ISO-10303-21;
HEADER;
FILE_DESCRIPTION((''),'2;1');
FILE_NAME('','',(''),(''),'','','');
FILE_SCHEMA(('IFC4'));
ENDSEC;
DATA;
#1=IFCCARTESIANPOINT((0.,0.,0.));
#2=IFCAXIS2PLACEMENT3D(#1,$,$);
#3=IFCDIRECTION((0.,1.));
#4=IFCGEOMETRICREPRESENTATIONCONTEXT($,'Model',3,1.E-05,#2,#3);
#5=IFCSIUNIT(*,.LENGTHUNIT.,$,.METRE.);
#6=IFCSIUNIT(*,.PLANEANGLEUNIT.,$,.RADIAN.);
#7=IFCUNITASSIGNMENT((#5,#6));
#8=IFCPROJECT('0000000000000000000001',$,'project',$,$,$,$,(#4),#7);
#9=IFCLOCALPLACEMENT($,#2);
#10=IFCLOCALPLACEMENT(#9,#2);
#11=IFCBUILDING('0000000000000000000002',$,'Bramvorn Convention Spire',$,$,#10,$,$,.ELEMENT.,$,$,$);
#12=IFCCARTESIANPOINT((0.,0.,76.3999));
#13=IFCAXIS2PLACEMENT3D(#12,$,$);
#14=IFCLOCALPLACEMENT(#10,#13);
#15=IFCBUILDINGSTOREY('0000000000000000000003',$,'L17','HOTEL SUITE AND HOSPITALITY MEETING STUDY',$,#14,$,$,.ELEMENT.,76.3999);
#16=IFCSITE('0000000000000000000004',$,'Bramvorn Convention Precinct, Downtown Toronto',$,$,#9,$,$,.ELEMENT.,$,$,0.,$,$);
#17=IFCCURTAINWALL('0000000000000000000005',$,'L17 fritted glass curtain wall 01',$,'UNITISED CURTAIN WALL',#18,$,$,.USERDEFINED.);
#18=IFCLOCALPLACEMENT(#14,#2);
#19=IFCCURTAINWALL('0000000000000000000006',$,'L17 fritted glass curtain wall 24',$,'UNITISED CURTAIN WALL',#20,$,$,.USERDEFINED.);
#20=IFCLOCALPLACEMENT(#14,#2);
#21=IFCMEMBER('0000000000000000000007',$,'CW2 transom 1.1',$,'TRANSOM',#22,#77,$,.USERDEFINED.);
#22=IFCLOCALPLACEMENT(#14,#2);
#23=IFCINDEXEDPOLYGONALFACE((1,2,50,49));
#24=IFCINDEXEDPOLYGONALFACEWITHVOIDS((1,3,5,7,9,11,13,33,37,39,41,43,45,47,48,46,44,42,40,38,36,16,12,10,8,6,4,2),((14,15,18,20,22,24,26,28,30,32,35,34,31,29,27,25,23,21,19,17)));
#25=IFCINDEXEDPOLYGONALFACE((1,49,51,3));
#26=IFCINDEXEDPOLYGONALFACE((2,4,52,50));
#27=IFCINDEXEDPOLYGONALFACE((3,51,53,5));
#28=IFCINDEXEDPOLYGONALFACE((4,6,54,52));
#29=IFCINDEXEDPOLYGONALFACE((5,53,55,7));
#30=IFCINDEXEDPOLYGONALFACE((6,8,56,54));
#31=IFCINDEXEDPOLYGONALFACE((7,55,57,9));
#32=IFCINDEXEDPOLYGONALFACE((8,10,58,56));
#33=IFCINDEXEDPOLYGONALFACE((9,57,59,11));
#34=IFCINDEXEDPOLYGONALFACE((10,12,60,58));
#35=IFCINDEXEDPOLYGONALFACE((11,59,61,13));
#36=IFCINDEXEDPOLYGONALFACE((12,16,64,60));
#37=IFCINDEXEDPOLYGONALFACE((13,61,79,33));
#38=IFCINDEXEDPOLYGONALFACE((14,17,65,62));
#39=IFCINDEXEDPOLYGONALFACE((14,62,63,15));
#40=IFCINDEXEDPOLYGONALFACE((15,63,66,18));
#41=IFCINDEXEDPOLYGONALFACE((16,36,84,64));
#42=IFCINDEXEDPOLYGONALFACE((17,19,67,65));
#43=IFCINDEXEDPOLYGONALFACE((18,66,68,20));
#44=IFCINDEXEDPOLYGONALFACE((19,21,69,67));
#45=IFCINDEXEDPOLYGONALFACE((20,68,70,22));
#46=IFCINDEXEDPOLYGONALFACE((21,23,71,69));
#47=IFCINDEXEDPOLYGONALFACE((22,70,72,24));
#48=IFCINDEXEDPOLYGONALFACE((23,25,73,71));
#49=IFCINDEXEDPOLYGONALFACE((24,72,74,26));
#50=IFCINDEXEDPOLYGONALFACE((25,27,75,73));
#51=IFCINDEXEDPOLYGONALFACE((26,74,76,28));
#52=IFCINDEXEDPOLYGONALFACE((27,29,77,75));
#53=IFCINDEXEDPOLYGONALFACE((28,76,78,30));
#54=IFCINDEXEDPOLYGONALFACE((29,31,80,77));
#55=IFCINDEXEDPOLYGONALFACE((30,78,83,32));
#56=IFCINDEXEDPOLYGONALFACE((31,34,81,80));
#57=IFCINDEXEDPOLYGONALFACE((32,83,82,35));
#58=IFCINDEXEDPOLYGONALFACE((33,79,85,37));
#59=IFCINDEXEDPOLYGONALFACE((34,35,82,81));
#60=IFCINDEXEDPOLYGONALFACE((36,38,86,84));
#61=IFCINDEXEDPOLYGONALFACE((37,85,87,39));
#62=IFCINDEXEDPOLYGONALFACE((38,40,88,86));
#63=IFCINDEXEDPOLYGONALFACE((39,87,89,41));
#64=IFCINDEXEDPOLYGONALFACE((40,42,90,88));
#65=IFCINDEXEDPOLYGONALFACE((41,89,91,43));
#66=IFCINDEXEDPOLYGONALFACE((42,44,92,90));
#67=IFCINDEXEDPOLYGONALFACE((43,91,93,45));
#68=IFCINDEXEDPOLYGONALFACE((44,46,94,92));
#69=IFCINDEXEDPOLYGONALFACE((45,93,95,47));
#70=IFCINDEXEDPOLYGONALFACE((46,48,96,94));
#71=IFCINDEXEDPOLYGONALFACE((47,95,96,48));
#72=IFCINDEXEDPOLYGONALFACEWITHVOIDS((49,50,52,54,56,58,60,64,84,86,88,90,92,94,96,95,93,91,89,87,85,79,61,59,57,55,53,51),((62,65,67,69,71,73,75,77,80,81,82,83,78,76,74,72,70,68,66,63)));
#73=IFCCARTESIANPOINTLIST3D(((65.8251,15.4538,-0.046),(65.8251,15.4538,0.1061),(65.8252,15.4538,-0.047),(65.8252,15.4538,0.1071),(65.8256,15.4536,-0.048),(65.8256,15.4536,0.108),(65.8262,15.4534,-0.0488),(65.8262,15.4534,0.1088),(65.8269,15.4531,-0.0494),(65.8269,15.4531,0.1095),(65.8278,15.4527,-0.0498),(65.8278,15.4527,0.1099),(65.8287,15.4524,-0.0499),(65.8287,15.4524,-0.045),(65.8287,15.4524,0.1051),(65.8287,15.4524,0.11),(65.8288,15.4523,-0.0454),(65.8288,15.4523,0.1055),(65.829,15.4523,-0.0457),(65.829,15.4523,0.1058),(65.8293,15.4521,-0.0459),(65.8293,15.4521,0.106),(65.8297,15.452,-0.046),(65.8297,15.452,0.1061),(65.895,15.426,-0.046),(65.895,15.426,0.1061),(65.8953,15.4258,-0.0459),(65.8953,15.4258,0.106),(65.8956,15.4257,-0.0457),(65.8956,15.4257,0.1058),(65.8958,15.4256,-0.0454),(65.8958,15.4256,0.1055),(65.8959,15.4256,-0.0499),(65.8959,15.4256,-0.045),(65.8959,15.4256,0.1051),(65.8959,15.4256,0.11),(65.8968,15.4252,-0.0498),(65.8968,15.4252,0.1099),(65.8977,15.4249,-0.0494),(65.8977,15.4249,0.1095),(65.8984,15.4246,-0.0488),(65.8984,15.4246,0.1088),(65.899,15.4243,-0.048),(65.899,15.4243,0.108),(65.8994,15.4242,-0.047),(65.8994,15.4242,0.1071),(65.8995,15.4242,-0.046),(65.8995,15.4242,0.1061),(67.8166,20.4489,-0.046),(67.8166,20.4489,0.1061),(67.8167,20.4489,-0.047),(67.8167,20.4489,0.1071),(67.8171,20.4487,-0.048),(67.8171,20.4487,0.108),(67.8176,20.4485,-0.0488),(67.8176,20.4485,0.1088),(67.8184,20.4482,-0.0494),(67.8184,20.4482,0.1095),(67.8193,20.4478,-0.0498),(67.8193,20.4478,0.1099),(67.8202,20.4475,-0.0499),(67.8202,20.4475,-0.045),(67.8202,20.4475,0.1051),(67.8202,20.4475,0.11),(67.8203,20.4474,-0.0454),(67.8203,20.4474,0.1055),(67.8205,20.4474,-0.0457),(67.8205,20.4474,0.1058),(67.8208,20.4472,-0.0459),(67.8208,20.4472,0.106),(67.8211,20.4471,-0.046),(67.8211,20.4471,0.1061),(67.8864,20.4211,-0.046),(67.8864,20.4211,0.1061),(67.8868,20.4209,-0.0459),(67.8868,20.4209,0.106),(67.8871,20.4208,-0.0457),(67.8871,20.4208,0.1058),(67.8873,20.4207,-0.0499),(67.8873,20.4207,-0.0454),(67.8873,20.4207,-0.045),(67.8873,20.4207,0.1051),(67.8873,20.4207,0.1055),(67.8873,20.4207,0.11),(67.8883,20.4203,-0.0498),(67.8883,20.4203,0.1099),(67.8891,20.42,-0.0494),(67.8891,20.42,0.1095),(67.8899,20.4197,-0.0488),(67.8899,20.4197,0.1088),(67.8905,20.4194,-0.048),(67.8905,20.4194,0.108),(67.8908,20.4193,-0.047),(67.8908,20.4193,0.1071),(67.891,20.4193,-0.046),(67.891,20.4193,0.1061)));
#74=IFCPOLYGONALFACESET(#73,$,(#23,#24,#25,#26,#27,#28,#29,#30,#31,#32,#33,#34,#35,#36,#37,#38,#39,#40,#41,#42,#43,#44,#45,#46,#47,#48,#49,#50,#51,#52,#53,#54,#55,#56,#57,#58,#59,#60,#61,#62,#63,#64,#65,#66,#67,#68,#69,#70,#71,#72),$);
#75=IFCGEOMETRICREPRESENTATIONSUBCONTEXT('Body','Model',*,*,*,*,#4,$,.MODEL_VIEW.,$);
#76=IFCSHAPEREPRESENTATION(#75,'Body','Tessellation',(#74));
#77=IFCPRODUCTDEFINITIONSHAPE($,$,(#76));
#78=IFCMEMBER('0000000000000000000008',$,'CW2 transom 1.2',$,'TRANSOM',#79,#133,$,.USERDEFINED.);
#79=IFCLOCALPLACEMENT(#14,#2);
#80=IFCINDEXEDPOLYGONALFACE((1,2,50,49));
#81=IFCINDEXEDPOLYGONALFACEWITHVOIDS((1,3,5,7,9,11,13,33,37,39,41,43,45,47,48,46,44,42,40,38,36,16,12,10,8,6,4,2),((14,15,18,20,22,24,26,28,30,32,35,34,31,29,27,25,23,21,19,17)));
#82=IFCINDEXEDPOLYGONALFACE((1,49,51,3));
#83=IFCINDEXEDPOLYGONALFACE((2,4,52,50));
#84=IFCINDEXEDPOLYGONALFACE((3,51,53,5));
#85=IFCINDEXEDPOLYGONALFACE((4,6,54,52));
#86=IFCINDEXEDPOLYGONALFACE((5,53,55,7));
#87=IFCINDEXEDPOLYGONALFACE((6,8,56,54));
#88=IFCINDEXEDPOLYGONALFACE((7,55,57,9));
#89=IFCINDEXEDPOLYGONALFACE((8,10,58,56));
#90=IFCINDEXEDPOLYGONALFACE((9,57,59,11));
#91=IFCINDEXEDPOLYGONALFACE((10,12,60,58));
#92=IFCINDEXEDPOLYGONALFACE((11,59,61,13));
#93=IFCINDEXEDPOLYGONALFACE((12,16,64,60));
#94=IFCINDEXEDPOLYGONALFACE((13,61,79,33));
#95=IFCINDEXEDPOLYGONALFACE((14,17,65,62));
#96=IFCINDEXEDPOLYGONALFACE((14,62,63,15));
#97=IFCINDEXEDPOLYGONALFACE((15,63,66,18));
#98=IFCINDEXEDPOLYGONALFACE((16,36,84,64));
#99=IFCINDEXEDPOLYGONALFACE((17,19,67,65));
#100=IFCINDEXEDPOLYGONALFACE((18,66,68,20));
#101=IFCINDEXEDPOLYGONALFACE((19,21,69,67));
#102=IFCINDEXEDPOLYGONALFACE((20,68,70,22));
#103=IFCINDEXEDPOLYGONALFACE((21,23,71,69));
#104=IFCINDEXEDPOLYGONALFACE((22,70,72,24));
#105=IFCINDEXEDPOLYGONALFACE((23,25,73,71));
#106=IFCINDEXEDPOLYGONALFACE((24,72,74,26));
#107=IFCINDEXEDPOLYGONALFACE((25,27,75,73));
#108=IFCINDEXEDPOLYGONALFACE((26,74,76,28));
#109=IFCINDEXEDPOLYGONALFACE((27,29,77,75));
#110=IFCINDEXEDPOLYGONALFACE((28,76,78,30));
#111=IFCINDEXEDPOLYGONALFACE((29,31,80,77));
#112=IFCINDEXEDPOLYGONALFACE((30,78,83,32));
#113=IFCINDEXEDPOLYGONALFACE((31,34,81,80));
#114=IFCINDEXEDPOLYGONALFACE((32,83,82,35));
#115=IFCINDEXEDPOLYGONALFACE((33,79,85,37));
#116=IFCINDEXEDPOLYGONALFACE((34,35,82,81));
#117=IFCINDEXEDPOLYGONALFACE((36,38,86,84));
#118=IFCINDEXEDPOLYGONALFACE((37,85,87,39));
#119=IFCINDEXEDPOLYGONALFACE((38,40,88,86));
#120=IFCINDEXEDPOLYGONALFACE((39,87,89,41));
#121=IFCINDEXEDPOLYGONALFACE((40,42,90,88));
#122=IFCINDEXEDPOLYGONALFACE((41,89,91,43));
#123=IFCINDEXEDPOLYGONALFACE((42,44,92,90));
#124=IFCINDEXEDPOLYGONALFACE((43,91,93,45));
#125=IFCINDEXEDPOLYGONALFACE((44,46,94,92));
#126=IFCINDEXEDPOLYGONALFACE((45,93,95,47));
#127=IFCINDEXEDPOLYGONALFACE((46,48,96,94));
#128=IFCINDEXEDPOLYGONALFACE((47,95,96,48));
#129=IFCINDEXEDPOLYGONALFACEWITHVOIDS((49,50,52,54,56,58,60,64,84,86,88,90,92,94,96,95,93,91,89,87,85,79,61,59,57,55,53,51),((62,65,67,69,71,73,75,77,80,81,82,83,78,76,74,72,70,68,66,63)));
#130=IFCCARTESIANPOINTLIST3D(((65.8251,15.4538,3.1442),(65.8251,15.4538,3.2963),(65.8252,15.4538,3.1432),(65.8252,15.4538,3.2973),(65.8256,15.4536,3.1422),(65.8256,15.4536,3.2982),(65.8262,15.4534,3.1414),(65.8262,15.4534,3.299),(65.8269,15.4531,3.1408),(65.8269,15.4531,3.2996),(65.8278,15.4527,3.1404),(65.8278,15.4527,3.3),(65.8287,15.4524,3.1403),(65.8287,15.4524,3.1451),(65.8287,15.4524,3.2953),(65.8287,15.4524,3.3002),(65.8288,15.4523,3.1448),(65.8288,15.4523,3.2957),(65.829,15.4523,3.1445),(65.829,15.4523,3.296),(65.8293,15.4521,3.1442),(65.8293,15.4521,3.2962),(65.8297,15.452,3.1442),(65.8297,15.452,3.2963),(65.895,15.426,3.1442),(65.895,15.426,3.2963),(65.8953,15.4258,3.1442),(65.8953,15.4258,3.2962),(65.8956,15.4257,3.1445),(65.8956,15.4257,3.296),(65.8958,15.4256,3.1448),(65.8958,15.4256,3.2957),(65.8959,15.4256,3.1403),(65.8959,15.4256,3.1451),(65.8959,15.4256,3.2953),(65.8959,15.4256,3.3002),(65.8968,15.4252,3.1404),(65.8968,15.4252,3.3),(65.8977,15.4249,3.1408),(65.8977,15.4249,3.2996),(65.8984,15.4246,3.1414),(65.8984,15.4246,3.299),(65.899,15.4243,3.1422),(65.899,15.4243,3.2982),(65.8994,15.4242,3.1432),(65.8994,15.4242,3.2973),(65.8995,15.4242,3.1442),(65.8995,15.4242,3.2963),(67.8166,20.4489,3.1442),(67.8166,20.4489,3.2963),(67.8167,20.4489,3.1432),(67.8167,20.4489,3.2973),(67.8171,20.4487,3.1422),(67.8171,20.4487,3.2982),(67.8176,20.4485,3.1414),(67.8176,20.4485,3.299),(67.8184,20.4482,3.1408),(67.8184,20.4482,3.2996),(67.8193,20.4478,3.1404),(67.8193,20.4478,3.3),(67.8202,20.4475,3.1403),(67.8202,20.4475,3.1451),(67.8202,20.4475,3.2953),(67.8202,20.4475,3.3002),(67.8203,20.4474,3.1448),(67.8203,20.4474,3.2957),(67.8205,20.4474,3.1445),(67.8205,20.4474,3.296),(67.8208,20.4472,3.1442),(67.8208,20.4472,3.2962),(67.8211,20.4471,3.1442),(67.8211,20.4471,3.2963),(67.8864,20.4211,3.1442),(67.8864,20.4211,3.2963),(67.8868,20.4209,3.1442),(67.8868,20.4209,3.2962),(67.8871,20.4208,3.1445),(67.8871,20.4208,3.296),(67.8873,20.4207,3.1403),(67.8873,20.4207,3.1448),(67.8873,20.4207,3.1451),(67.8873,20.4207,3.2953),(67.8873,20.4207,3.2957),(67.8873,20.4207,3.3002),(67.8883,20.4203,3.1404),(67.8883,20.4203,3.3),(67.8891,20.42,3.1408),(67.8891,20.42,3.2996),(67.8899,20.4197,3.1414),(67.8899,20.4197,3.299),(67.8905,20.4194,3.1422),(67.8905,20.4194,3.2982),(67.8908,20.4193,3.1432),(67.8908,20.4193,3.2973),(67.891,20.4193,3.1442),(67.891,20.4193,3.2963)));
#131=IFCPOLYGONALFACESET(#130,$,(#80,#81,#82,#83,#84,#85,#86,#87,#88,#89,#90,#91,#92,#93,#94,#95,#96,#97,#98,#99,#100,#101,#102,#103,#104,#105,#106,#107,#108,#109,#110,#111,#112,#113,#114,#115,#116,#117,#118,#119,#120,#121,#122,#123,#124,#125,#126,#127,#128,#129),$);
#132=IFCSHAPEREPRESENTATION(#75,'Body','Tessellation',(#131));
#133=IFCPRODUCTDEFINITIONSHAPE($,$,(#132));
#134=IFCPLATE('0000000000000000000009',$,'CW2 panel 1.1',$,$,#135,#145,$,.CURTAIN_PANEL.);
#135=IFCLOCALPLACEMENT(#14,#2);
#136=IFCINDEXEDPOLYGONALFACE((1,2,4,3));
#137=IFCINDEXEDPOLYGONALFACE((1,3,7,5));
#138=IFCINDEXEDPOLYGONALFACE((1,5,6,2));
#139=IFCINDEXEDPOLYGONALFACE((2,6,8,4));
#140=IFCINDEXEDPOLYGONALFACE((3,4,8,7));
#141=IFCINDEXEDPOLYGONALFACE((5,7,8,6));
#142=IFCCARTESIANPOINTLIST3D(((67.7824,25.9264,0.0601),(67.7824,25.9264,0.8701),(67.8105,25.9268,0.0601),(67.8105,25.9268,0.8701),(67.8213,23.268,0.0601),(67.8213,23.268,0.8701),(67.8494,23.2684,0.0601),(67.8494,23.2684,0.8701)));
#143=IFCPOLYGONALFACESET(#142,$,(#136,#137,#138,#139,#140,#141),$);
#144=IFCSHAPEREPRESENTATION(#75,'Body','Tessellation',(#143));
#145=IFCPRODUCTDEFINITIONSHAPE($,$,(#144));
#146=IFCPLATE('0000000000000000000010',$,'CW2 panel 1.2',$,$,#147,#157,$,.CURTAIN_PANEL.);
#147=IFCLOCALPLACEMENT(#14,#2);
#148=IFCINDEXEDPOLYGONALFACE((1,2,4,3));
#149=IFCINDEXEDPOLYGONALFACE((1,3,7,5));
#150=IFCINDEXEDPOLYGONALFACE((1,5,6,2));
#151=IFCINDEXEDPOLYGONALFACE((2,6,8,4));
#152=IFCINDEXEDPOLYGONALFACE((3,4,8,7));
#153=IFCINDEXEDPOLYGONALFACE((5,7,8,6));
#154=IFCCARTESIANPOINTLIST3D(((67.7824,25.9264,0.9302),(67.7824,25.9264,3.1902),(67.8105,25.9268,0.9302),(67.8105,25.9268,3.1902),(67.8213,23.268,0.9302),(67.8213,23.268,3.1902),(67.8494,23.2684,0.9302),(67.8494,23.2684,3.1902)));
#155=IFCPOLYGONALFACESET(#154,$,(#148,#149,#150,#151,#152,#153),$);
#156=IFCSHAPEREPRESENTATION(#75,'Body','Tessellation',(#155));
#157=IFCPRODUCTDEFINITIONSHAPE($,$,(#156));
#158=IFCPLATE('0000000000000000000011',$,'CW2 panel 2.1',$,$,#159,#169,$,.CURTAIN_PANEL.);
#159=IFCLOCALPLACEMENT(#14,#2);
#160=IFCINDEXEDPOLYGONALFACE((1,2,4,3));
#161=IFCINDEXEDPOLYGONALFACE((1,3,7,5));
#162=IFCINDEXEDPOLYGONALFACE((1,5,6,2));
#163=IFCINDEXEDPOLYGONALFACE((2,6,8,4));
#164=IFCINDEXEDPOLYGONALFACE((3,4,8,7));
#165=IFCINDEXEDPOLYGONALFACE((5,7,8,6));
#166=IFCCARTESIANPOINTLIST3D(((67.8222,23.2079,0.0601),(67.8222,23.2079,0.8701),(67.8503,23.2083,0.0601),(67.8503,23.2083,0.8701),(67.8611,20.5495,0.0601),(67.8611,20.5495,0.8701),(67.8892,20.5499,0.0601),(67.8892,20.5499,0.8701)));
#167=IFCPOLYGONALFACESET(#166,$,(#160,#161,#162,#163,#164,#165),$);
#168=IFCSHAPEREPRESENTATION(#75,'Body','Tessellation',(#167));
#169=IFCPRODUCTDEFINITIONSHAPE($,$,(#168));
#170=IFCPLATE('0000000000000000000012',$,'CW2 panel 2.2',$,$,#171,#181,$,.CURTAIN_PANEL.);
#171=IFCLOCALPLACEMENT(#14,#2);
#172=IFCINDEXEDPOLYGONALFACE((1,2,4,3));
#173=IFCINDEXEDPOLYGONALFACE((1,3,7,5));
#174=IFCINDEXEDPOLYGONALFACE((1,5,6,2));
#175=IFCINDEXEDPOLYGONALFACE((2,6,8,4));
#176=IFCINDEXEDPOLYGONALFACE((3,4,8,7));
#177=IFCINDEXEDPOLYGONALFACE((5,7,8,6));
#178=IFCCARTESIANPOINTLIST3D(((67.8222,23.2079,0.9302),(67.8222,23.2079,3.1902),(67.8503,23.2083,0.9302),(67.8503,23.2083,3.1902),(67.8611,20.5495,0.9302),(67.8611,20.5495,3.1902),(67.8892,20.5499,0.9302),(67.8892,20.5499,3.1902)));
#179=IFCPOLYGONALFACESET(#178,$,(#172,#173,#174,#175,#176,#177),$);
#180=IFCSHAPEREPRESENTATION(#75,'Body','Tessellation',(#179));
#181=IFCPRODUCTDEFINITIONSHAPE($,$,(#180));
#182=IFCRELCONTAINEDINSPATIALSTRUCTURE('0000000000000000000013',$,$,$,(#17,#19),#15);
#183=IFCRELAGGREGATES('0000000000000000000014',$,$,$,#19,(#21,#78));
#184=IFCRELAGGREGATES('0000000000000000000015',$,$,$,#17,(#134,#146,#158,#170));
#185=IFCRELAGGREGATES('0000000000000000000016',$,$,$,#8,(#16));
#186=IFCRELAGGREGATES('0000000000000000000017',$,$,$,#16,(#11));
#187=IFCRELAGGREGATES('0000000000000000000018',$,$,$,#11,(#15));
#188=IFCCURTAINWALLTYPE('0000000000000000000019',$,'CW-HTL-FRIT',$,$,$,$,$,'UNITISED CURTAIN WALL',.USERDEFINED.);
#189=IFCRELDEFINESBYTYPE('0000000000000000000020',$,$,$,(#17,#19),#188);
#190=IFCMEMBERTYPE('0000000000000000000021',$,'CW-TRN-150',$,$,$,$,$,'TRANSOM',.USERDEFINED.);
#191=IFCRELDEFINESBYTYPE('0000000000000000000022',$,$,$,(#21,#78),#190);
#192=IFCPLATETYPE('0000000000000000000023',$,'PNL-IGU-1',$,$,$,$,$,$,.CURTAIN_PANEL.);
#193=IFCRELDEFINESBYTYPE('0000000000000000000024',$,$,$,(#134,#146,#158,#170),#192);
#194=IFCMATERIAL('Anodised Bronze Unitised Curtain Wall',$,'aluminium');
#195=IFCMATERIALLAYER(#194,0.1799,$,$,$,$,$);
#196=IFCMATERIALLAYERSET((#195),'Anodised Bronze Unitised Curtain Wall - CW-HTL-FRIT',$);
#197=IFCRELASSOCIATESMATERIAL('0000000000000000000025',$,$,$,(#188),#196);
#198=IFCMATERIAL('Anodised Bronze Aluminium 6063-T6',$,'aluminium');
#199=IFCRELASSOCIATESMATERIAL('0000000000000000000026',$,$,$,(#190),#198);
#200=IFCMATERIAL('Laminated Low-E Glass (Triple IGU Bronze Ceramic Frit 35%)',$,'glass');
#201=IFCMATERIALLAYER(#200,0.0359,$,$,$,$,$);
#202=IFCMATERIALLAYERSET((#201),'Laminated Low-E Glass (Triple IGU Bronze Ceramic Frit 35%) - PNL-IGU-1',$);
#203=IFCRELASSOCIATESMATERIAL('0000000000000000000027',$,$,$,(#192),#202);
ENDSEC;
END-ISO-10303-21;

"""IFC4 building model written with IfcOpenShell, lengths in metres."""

from ifc_helpers import new_model, si_unit, direction, frame, origin, origin_2d, place, context, subcontext, project, spatial, rectangle, hollow_rectangle, extrude, material, layer, layer_set, material_profile, profile_set, type_object, element, aggregate, save


model = new_model("IFC4")

# Units and contexts
model_context = context("Model", 3, precision=1e-05, world=origin(), true_north=direction((0.0, 1.0)))
body_context = subcontext(model_context, "Body", "Model", "MODEL_VIEW")
ifc_project = project(units=[si_unit("LENGTHUNIT", "METRE"), si_unit("PLANEANGLEUNIT", "RADIAN")], contexts=[model_context])

# Site, building, storey
site_placement = place(None, origin())
site = spatial("IfcSite", under=ifc_project, at=site_placement, Name="Bramvorn Convention Precinct, Downtown Toronto", CompositionType="ELEMENT", RefElevation=0.0)
building_placement = place(site_placement, origin())
building = spatial("IfcBuilding", under=site, at=building_placement, Name="Bramvorn Convention Spire", CompositionType="ELEMENT")
storey_placement = place(building_placement, frame((0.0, 0.0, 76.3999)))
storey = spatial("IfcBuildingStorey", under=building, at=storey_placement, Name="L17", Description="HOTEL SUITE AND HOSPITALITY MEETING STUDY", CompositionType="ELEMENT", Elevation=76.3999)

# Curtain wall
ifc_material_1 = material(Name="Anodised Bronze Unitised Curtain Wall", Category="aluminium")
ifc_layer_1 = layer(ifc_material_1, 0.1799)
ifc_layer_set_1 = layer_set([ifc_layer_1], Name="Anodised Bronze Unitised Curtain Wall - CW-HTL-FRIT")
curtain_wall_type = type_object("IfcCurtainWallType", Name="CW-HTL-FRIT", ElementType="UNITISED CURTAIN WALL", PredefinedType="USERDEFINED", material=ifc_layer_set_1)
curtain_wall_1_placement = place(storey_placement, origin())
curtain_wall_1 = element("IfcCurtainWall", 1, at=curtain_wall_1_placement, inside=storey, type_object=curtain_wall_type, Name="L17 fritted glass curtain wall 01", ObjectType="UNITISED CURTAIN WALL", PredefinedType="USERDEFINED")
ifc_material_2 = material(Name="Anodised Bronze Aluminium 6063-T6", Category="aluminium")

# Curtain wall
curtain_wall_2_placement = place(storey_placement, origin())
curtain_wall_2 = element("IfcCurtainWall", 2, at=curtain_wall_2_placement, inside=storey, type_object=curtain_wall_type, Name="L17 fritted glass curtain wall 24", ObjectType="UNITISED CURTAIN WALL", PredefinedType="USERDEFINED")

# Members
ifc_material_profile_1 = material_profile(ifc_material_2, hollow_rectangle(XDim=0.0801, YDim=0.1599, WallThickness=0.0039, InnerFilletRadius=0.001, OuterFilletRadius=0.0039, at=origin_2d()))
ifc_profile_set_1 = profile_set([ifc_material_profile_1], Name="Anodised Bronze Aluminium 6063-T6 - CWT80X160")
member_type_1 = type_object("IfcMemberType", Name="CW-TRN-150", ElementType="TRANSOM", PredefinedType="USERDEFINED", material=ifc_profile_set_1)
member_1_placement = place(storey_placement, frame((67.8538, 20.4341, 0.03), z_axis=(-0.370334, -0.928899, 0.0), x_axis=(0.928899, -0.370334, 0.0)))
member_1 = element("IfcMember", 3, at=member_1_placement, type_object=member_type_1, Name="CW2 transom 1.1", ObjectType="TRANSOM", PredefinedType="USERDEFINED", context=body_context, shape_type="SweptSolid", body=[
    extrude(hollow_rectangle(XDim=0.0801, YDim=0.1599, WallThickness=0.0039, InnerFilletRadius=0.001, OuterFilletRadius=0.0039, at=origin_2d()), origin(), (0.0, 0.0, 1.0), 5.3774),
])
member_2_placement = place(storey_placement, frame((67.8538, 20.4341, 3.2202), z_axis=(-0.370334, -0.928899, 0.0), x_axis=(0.928899, -0.370334, 0.0)))
member_2 = element("IfcMember", 4, at=member_2_placement, type_object=member_type_1, Name="CW2 transom 1.2", ObjectType="TRANSOM", PredefinedType="USERDEFINED", context=body_context, shape_type="SweptSolid", body=[
    extrude(hollow_rectangle(XDim=0.0801, YDim=0.1599, WallThickness=0.0039, InnerFilletRadius=0.001, OuterFilletRadius=0.0039, at=origin_2d()), origin(), (0.0, 0.0, 1.0), 5.3774),
])
aggregate(curtain_wall_2, [member_1, member_2])

# Plates
ifc_material_3 = material(Name="Laminated Low-E Glass (Triple IGU Bronze Ceramic Frit 35%)", Category="glass")
ifc_layer_2 = layer(ifc_material_3, 0.0359)
ifc_layer_set_2 = layer_set([ifc_layer_2], Name="Laminated Low-E Glass (Triple IGU Bronze Ceramic Frit 35%) - PNL-IGU-1")
plate_type = type_object("IfcPlateType", Name="PNL-IGU-1", PredefinedType="CURTAIN_PANEL", material=ifc_layer_set_2)
plate_1_placement = place(storey_placement, frame((67.8159, 24.5974, 0.0601), z_axis=(0.0, 0.0, 1.0), x_axis=(0.014625, -0.999893, 0.0)))
plate_1 = element("IfcPlate", 5, at=plate_1_placement, type_object=plate_type, Name="CW2 panel 1.1", PredefinedType="CURTAIN_PANEL", context=body_context, shape_type="SweptSolid", body=[
    extrude(rectangle(XDim=2.6587, YDim=0.0281, at=origin_2d()), origin(), (0.0, 0.0, 1.0), 0.8101),
])
plate_2_placement = place(storey_placement, frame((67.8159, 24.5974, 0.9302), z_axis=(0.0, 0.0, 1.0), x_axis=(0.014625, -0.999893, 0.0)))
plate_2 = element("IfcPlate", 6, at=plate_2_placement, type_object=plate_type, Name="CW2 panel 1.2", PredefinedType="CURTAIN_PANEL", context=body_context, shape_type="SweptSolid", body=[
    extrude(rectangle(XDim=2.6587, YDim=0.0281, at=origin_2d()), origin(), (0.0, 0.0, 1.0), 2.26),
])
plate_3_placement = place(storey_placement, frame((67.8557, 21.8789, 0.0601), z_axis=(0.0, 0.0, 1.0), x_axis=(0.014625, -0.999893, 0.0)))
plate_3 = element("IfcPlate", 7, at=plate_3_placement, type_object=plate_type, Name="CW2 panel 2.1", PredefinedType="CURTAIN_PANEL", context=body_context, shape_type="SweptSolid", body=[
    extrude(rectangle(XDim=2.6587, YDim=0.0281, at=origin_2d()), origin(), (0.0, 0.0, 1.0), 0.8101),
])
plate_4_placement = place(storey_placement, frame((67.8557, 21.8789, 0.9302), z_axis=(0.0, 0.0, 1.0), x_axis=(0.014625, -0.999893, 0.0)))
plate_4 = element("IfcPlate", 8, at=plate_4_placement, type_object=plate_type, Name="CW2 panel 2.2", PredefinedType="CURTAIN_PANEL", context=body_context, shape_type="SweptSolid", body=[
    extrude(rectangle(XDim=2.6587, YDim=0.0281, at=origin_2d()), origin(), (0.0, 0.0, 1.0), 2.26),
])
aggregate(curtain_wall_1, [plate_1, plate_2, plate_3, plate_4])

save(model, "model.ifc")
